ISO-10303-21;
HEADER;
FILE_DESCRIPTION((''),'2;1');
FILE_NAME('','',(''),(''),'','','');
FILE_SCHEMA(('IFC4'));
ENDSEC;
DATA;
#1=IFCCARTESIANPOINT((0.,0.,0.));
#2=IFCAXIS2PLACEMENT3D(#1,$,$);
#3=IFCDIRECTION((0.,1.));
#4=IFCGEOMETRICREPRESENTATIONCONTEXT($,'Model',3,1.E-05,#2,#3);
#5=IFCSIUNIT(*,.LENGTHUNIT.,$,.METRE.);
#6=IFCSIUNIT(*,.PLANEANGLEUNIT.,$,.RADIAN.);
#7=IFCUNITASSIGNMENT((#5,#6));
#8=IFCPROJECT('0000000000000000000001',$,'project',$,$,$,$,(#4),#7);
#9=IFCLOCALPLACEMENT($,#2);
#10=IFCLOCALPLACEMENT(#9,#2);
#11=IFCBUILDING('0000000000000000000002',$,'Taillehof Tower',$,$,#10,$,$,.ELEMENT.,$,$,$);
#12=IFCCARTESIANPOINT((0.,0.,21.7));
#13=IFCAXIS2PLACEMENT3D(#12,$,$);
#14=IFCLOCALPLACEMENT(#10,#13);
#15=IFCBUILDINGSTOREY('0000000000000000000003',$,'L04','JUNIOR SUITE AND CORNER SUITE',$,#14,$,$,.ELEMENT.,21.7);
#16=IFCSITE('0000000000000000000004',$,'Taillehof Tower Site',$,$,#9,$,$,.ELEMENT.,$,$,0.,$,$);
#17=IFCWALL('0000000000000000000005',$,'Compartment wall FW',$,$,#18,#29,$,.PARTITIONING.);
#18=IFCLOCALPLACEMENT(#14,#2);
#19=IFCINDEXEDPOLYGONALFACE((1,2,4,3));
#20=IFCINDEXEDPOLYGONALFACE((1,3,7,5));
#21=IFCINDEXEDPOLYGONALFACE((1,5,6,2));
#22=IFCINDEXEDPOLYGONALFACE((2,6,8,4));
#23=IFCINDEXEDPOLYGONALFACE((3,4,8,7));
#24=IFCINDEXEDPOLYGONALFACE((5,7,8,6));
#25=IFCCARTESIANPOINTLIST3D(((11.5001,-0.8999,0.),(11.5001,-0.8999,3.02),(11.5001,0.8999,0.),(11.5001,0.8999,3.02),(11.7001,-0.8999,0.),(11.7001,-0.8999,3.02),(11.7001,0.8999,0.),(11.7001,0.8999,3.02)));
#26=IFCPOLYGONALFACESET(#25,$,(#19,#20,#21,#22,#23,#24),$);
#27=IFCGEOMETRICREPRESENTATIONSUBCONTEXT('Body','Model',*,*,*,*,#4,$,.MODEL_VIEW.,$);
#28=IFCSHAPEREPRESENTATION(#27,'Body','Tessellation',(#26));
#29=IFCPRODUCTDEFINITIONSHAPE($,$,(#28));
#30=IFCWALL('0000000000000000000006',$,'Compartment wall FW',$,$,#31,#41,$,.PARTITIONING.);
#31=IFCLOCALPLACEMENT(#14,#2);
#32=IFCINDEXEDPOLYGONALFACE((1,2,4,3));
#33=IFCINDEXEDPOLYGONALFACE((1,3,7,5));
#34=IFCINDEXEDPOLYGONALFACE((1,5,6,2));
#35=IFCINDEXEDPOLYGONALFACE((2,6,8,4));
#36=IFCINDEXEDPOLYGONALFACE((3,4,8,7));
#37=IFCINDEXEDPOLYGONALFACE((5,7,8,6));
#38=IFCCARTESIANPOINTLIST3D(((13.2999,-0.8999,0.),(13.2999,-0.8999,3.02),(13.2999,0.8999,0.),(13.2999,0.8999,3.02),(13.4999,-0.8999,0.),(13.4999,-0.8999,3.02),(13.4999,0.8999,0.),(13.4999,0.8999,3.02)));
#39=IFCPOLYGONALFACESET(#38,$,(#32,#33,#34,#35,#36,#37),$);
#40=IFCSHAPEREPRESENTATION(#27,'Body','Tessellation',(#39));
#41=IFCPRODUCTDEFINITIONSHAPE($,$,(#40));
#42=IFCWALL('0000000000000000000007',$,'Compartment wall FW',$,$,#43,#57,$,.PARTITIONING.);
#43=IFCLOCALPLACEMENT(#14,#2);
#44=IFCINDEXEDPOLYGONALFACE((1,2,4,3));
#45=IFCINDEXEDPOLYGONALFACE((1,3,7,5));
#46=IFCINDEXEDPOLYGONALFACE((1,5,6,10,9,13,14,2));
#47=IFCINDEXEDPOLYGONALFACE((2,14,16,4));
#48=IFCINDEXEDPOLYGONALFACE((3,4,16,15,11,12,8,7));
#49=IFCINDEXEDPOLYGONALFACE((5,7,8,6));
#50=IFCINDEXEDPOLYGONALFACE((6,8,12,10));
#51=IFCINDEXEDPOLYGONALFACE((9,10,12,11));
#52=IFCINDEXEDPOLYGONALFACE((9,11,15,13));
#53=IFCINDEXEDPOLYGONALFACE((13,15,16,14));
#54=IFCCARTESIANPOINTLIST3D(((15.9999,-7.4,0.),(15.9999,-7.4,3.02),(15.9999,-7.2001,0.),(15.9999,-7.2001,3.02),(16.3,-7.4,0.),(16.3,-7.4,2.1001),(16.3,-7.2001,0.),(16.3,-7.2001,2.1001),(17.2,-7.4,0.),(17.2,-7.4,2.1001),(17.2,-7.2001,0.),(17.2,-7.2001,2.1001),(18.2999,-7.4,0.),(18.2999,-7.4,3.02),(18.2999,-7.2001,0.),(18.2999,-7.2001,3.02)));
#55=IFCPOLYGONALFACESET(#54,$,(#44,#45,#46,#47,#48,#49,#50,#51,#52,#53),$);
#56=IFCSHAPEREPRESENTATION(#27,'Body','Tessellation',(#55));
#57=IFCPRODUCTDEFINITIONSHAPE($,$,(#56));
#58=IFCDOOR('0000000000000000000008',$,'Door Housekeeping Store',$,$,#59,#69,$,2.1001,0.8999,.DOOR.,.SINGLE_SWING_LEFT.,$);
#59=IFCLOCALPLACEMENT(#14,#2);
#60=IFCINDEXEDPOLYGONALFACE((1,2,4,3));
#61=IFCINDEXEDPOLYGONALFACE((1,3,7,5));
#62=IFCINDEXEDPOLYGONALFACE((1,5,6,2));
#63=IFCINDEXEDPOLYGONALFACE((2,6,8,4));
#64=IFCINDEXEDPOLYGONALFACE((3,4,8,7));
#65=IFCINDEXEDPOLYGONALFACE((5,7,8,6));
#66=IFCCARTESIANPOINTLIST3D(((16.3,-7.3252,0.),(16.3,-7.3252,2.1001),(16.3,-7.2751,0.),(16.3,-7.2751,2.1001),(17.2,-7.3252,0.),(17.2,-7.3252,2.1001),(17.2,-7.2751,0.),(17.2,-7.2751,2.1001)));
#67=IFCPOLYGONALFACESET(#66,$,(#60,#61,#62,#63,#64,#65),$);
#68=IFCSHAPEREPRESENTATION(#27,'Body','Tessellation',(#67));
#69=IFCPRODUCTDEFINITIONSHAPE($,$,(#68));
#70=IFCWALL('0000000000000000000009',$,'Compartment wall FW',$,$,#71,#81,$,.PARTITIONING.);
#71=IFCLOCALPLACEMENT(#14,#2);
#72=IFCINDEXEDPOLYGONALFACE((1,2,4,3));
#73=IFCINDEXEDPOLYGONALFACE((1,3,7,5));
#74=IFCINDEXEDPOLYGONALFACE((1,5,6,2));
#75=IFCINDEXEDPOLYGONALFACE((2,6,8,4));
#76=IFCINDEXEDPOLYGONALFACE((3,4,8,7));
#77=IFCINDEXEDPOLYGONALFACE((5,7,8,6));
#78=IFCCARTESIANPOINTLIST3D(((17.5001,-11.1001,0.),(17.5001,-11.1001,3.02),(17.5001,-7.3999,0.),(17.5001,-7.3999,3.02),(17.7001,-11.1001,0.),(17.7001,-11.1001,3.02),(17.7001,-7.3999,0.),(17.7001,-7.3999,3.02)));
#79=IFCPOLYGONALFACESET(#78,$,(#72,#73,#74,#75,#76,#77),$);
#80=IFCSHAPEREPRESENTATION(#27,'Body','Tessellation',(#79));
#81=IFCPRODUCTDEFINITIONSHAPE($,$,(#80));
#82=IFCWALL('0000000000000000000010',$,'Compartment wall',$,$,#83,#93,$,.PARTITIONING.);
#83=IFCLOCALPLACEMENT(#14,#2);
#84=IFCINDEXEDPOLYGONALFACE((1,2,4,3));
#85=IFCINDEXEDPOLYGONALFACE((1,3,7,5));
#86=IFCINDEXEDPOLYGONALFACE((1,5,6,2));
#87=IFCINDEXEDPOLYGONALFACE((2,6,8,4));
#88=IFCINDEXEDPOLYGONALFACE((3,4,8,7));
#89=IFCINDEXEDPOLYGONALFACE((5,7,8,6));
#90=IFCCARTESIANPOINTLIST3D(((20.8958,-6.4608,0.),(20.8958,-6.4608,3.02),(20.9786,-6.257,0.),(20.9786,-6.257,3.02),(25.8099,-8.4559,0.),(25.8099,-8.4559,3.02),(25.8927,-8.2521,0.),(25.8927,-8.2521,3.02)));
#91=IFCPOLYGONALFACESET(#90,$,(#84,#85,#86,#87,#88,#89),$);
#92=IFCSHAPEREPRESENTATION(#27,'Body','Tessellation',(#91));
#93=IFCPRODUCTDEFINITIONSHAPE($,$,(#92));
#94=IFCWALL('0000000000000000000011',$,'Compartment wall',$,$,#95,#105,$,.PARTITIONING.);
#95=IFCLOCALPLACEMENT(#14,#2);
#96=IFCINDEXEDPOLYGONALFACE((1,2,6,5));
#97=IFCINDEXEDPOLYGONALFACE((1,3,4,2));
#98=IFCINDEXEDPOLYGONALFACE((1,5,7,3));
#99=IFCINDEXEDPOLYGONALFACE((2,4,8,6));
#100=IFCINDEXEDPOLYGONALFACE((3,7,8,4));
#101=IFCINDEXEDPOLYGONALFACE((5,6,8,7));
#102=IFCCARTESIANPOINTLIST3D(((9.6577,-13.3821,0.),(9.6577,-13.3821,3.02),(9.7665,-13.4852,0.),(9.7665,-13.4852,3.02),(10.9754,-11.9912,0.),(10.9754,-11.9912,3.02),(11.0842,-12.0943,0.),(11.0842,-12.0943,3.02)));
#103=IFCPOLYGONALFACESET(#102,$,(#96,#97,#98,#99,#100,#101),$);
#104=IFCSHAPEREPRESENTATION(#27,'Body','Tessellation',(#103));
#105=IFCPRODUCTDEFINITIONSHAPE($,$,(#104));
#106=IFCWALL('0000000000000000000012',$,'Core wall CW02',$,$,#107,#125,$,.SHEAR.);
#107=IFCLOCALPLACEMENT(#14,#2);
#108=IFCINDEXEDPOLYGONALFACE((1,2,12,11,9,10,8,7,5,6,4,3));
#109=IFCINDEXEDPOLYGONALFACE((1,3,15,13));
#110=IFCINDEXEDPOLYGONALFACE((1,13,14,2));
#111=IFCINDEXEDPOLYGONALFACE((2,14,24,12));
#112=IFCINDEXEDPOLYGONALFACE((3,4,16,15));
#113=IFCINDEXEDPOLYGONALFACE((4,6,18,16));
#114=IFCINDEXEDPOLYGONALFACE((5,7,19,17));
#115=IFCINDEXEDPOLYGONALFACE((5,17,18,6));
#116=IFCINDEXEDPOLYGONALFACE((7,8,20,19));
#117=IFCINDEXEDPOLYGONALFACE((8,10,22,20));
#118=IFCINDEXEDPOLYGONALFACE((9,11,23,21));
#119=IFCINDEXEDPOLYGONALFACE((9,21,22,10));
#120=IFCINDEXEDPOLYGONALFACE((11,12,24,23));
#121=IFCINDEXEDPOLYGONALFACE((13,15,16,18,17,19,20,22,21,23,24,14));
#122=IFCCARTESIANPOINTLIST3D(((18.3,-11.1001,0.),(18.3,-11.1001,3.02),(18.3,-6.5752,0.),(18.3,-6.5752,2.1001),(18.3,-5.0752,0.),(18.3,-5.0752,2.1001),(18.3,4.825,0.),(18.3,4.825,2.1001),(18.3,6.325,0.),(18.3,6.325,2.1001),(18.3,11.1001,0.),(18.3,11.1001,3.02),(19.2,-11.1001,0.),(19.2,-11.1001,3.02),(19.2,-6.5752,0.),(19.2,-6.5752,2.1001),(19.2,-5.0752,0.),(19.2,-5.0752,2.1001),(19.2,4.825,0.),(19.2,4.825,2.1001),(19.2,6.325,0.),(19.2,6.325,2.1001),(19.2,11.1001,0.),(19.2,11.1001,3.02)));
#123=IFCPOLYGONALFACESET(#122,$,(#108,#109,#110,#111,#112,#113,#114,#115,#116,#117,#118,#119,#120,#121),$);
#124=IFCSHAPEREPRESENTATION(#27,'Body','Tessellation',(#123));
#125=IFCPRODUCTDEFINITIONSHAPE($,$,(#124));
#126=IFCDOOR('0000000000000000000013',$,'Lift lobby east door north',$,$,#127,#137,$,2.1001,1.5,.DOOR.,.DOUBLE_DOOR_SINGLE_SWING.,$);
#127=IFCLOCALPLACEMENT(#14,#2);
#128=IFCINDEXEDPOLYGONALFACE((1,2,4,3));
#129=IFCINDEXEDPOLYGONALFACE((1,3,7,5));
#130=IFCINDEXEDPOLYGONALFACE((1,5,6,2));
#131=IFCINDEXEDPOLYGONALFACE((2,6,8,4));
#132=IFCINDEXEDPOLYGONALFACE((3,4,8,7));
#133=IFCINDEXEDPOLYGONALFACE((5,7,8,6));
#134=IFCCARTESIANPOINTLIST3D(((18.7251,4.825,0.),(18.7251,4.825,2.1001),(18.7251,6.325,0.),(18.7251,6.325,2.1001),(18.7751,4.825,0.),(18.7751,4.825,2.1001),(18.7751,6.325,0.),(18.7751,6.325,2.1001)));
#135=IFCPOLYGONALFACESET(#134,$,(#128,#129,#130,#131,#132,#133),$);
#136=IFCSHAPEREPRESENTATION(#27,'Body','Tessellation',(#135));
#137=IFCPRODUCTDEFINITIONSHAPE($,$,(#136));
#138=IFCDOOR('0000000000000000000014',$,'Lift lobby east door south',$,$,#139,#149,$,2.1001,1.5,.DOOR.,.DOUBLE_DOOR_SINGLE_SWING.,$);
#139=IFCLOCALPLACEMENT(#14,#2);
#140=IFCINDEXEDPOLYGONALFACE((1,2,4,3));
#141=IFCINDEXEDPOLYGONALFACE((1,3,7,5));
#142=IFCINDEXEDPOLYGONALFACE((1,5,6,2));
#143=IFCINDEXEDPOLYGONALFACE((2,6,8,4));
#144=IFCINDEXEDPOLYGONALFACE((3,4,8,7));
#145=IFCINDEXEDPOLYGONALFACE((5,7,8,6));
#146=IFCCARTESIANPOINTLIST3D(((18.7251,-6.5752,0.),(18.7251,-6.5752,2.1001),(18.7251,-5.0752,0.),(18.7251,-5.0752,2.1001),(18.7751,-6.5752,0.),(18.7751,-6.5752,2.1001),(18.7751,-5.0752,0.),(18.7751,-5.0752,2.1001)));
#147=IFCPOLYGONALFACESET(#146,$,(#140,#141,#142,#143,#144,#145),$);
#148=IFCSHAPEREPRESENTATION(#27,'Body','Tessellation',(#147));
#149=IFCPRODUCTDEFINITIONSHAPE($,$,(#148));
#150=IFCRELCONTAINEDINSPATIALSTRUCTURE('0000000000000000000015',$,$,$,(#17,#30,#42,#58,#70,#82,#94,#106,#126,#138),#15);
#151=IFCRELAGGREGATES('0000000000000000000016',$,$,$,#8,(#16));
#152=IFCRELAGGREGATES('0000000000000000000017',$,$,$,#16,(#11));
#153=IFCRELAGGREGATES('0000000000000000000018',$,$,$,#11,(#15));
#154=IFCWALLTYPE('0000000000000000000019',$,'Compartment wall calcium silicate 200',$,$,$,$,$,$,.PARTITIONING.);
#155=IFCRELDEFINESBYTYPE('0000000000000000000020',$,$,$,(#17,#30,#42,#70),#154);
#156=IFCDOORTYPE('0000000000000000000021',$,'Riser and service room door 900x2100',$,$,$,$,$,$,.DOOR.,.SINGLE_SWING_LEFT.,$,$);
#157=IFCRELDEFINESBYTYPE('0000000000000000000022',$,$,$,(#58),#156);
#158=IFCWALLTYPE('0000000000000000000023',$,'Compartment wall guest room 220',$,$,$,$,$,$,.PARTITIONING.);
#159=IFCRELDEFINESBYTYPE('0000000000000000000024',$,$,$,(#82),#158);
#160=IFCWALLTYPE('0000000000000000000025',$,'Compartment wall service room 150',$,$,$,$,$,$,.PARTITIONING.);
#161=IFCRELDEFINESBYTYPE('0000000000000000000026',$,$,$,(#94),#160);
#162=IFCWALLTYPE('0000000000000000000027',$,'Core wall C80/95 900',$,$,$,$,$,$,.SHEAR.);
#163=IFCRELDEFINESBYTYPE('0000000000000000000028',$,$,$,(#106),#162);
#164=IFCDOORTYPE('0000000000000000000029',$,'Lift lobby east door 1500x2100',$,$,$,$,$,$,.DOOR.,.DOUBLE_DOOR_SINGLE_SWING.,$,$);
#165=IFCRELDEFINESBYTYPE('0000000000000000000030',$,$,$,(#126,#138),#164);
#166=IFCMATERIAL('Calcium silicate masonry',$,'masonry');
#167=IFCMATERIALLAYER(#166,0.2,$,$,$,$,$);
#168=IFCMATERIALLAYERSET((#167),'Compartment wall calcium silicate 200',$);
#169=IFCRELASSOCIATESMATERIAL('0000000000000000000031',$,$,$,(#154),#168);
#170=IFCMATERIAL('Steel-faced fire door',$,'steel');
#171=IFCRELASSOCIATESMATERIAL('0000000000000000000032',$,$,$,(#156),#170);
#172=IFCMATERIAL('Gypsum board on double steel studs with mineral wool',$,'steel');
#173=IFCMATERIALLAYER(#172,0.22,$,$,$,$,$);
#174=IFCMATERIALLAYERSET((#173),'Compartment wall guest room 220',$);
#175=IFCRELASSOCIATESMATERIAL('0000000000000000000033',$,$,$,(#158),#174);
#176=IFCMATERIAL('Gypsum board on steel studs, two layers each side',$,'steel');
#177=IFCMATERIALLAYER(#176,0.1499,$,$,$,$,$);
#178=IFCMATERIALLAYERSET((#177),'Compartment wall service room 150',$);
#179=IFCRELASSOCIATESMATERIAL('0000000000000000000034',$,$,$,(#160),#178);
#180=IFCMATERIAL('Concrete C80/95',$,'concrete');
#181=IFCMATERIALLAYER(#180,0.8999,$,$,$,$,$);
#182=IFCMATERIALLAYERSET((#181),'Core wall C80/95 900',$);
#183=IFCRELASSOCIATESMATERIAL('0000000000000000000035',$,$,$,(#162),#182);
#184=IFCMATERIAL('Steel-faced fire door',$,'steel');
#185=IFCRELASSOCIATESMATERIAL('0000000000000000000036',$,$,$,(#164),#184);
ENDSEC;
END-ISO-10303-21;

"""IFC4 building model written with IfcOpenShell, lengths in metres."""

from ifc_helpers import new_model, si_unit, direction, frame, frame_2d, origin, place, context, subcontext, project, spatial, rectangle, extrude, material, layer, layer_set, type_object, element, fill, save


model = new_model("IFC4")

# Units and contexts
model_context = context("Model", 3, precision=1e-05, world=origin(), true_north=direction((0.0, 1.0)))
body_context = subcontext(model_context, "Body", "Model", "MODEL_VIEW")
ifc_project = project(units=[si_unit("LENGTHUNIT", "METRE"), si_unit("PLANEANGLEUNIT", "RADIAN")], contexts=[model_context])

# Site, building, storey
site_placement = place(None, origin())
site = spatial("IfcSite", under=ifc_project, at=site_placement, Name="Taillehof Tower Site", CompositionType="ELEMENT", RefElevation=0.0)
building_placement = place(site_placement, origin())
building = spatial("IfcBuilding", under=site, at=building_placement, Name="Taillehof Tower", CompositionType="ELEMENT")
storey_placement = place(building_placement, frame((0.0, 0.0, 21.7)))
storey = spatial("IfcBuildingStorey", under=building, at=storey_placement, Name="L04", Description="JUNIOR SUITE AND CORNER SUITE", CompositionType="ELEMENT", Elevation=21.7)

# Walls
ifc_material_1 = material(Name="Calcium silicate masonry", Category="masonry")
ifc_layer_1 = layer(ifc_material_1, 0.2)
ifc_layer_set_1 = layer_set([ifc_layer_1], Name="Compartment wall calcium silicate 200")
wall_type_1 = type_object("IfcWallType", Name="Compartment wall calcium silicate 200", PredefinedType="PARTITIONING", material=ifc_layer_set_1)
for number, where, z_axis, x_axis, name in (
    (1, (11.6001, -0.8999, 0.0), (0.0, 0.0, 1.0), (0.0, 1.0, 0.0), "Compartment wall FW"),
    (2, (13.3999, -0.8999, 0.0), (0.0, 0.0, 1.0), (0.0, 1.0, 0.0), "Compartment wall FW"),
):
    element("IfcWall", number, at=place(storey_placement, frame(where, z_axis=z_axis, x_axis=x_axis)), inside=storey, type_object=wall_type_1, Name=name, PredefinedType="PARTITIONING", context=body_context, shape_type="SweptSolid", body=[
        extrude(rectangle(XDim=1.7998, YDim=0.2, at=frame_2d((0.8999, 0.0))), origin(), (0.0, 0.0, 1.0), 3.02),
    ])

# Wall, opening, door
wall_1_placement = place(storey_placement, frame((16.0, -7.3, 0.0), z_axis=(0.0, 0.0, 1.0), x_axis=(1.0, 0.0, 0.0)))
wall_1 = element("IfcWall", 3, at=wall_1_placement, inside=storey, type_object=wall_type_1, Name="Compartment wall FW", PredefinedType="PARTITIONING", context=body_context, shape_type="SweptSolid", body=[
    extrude(rectangle(XDim=2.3, YDim=0.2, at=frame_2d((1.1499, 0.0))), origin(), (0.0, 0.0, 1.0), 3.02),
])
opening_1_placement = place(wall_1_placement, frame((0.3, 0.0, 0.0)))
opening_1 = element("IfcOpeningElement", 4, at=opening_1_placement, cuts=wall_1, PredefinedType="OPENING", context=body_context, shape_type="SweptSolid", body=[
    extrude(rectangle(XDim=0.8999, YDim=2.1001, at=frame_2d((0.45, 1.05))), frame((0.0, 0.1099, 0.0), z_axis=(0.0, -1.0, 0.0), x_axis=(1.0, 0.0, 0.0)), (0.0, 0.0, 1.0), 0.22),
])
ifc_material_2 = material(Name="Steel-faced fire door", Category="steel")
door_type_1 = type_object("IfcDoorType", Name="Riser and service room door 900x2100", OperationType="SINGLE_SWING_LEFT", PredefinedType="DOOR", material=ifc_material_2)
door_1_placement = place(opening_1_placement, origin())
door_1 = element("IfcDoor", 5, at=door_1_placement, inside=storey, type_object=door_type_1, Name="Door Housekeeping Store", OperationType="SINGLE_SWING_LEFT", OverallHeight=2.1001, OverallWidth=0.8999, PredefinedType="DOOR", context=body_context, shape_type="SweptSolid", body=[
    extrude(rectangle(XDim=0.8999, YDim=2.1001, at=frame_2d((0.45, 1.05))), frame((0.0, 0.0249, 0.0), z_axis=(0.0, -1.0, 0.0), x_axis=(1.0, 0.0, 0.0)), (0.0, 0.0, 1.0), 0.05),
])
fill(opening_1, door_1)

# Walls
wall_2_placement = place(storey_placement, frame((17.6001, -11.1001, 0.0), z_axis=(0.0, 0.0, 1.0), x_axis=(0.0, 1.0, 0.0)))
element("IfcWall", 6, at=wall_2_placement, inside=storey, type_object=wall_type_1, Name="Compartment wall FW", PredefinedType="PARTITIONING", context=body_context, shape_type="SweptSolid", body=[
    extrude(rectangle(XDim=3.7002, YDim=0.2, at=frame_2d((1.8501, 0.0))), origin(), (0.0, 0.0, 1.0), 3.02),
])
ifc_material_3 = material(Name="Gypsum board on double steel studs with mineral wool", Category="steel")
ifc_layer_2 = layer(ifc_material_3, 0.22)
ifc_layer_set_2 = layer_set([ifc_layer_2], Name="Compartment wall guest room 220")
wall_type_2 = type_object("IfcWallType", Name="Compartment wall guest room 220", PredefinedType="PARTITIONING", material=ifc_layer_set_2)
wall_3_placement = place(storey_placement, frame((25.8513, -8.354, 0.0), z_axis=(0.0, 0.0, 1.0), x_axis=(-0.926547, 0.376179, 0.0)))
element("IfcWall", 7, at=wall_3_placement, inside=storey, type_object=wall_type_2, Name="Compartment wall", PredefinedType="PARTITIONING", context=body_context, shape_type="SweptSolid", body=[
    extrude(rectangle(XDim=5.3037, YDim=0.22, at=frame_2d((2.6519, 0.0))), origin(), (0.0, 0.0, 1.0), 3.02),
])
ifc_material_4 = material(Name="Gypsum board on steel studs, two layers each side", Category="steel")
ifc_layer_3 = layer(ifc_material_4, 0.1499)
ifc_layer_set_3 = layer_set([ifc_layer_3], Name="Compartment wall service room 150")
wall_type_3 = type_object("IfcWallType", Name="Compartment wall service room 150", PredefinedType="PARTITIONING", material=ifc_layer_set_3)
wall_4_placement = place(storey_placement, frame((11.0298, -12.0427, 0.0), z_axis=(0.0, 0.0, 1.0), x_axis=(-0.687734, -0.725963, 0.0)))
element("IfcWall", 8, at=wall_4_placement, inside=storey, type_object=wall_type_3, Name="Compartment wall", PredefinedType="PARTITIONING", context=body_context, shape_type="SweptSolid", body=[
    extrude(rectangle(XDim=1.916, YDim=0.1499, at=frame_2d((0.958, 0.0))), origin(), (0.0, 0.0, 1.0), 3.02),
])

# Wall, openings, doors
ifc_material_5 = material(Name="Concrete C80/95", Category="concrete")
ifc_layer_4 = layer(ifc_material_5, 0.8999)
ifc_layer_set_4 = layer_set([ifc_layer_4], Name="Core wall C80/95 900")
wall_type_4 = type_object("IfcWallType", Name="Core wall C80/95 900", PredefinedType="SHEAR", material=ifc_layer_set_4)
wall_5_placement = place(storey_placement, frame((18.75, -11.1001, 0.0), z_axis=(0.0, 0.0, 1.0), x_axis=(0.0, 1.0, 0.0)))
wall_5 = element("IfcWall", 9, at=wall_5_placement, inside=storey, type_object=wall_type_4, Name="Core wall CW02", PredefinedType="SHEAR", context=body_context, shape_type="SweptSolid", body=[
    extrude(rectangle(XDim=22.2002, YDim=0.8999, at=frame_2d((11.1001, 0.0))), origin(), (0.0, 0.0, 1.0), 3.02),
])
opening_2_placement = place(wall_5_placement, frame((15.925, 0.0, 0.0)))
opening_2 = element("IfcOpeningElement", 10, at=opening_2_placement, cuts=wall_5, PredefinedType="OPENING", context=body_context, shape_type="SweptSolid", body=[
    extrude(rectangle(XDim=1.5, YDim=2.1001, at=frame_2d((0.75, 1.05))), frame((0.0, 0.46, 0.0), z_axis=(0.0, -1.0, 0.0), x_axis=(1.0, 0.0, 0.0)), (0.0, 0.0, 1.0), 0.9199),
])
opening_3_placement = place(wall_5_placement, frame((4.5249, 0.0, 0.0)))
opening_3 = element("IfcOpeningElement", 11, at=opening_3_placement, cuts=wall_5, PredefinedType="OPENING", context=body_context, shape_type="SweptSolid", body=[
    extrude(rectangle(XDim=1.5, YDim=2.1001, at=frame_2d((0.75, 1.05))), frame((0.0, 0.46, 0.0), z_axis=(0.0, -1.0, 0.0), x_axis=(1.0, 0.0, 0.0)), (0.0, 0.0, 1.0), 0.9199),
])
ifc_material_6 = material(Name="Steel-faced fire door", Category="steel")
door_type_2 = type_object("IfcDoorType", Name="Lift lobby east door 1500x2100", OperationType="DOUBLE_DOOR_SINGLE_SWING", PredefinedType="DOOR", material=ifc_material_6)
door_2_placement = place(opening_2_placement, origin())
door_2 = element("IfcDoor", 12, at=door_2_placement, inside=storey, type_object=door_type_2, Name="Lift lobby east door north", OperationType="DOUBLE_DOOR_SINGLE_SWING", OverallHeight=2.1001, OverallWidth=1.5, PredefinedType="DOOR", context=body_context, shape_type="SweptSolid", body=[
    extrude(rectangle(XDim=1.5, YDim=2.1001, at=frame_2d((0.75, 1.05))), frame((0.0, 0.0249, 0.0), z_axis=(0.0, -1.0, 0.0), x_axis=(1.0, 0.0, 0.0)), (0.0, 0.0, 1.0), 0.05),
])
fill(opening_2, door_2)
door_3_placement = place(opening_3_placement, origin())
door_3 = element("IfcDoor", 13, at=door_3_placement, inside=storey, type_object=door_type_2, Name="Lift lobby east door south", OperationType="DOUBLE_DOOR_SINGLE_SWING", OverallHeight=2.1001, OverallWidth=1.5, PredefinedType="DOOR", context=body_context, shape_type="SweptSolid", body=[
    extrude(rectangle(XDim=1.5, YDim=2.1001, at=frame_2d((0.75, 1.05))), frame((0.0, 0.0249, 0.0), z_axis=(0.0, -1.0, 0.0), x_axis=(1.0, 0.0, 0.0)), (0.0, 0.0, 1.0), 0.05),
])
fill(opening_3, door_3)

save(model, "model.ifc")
